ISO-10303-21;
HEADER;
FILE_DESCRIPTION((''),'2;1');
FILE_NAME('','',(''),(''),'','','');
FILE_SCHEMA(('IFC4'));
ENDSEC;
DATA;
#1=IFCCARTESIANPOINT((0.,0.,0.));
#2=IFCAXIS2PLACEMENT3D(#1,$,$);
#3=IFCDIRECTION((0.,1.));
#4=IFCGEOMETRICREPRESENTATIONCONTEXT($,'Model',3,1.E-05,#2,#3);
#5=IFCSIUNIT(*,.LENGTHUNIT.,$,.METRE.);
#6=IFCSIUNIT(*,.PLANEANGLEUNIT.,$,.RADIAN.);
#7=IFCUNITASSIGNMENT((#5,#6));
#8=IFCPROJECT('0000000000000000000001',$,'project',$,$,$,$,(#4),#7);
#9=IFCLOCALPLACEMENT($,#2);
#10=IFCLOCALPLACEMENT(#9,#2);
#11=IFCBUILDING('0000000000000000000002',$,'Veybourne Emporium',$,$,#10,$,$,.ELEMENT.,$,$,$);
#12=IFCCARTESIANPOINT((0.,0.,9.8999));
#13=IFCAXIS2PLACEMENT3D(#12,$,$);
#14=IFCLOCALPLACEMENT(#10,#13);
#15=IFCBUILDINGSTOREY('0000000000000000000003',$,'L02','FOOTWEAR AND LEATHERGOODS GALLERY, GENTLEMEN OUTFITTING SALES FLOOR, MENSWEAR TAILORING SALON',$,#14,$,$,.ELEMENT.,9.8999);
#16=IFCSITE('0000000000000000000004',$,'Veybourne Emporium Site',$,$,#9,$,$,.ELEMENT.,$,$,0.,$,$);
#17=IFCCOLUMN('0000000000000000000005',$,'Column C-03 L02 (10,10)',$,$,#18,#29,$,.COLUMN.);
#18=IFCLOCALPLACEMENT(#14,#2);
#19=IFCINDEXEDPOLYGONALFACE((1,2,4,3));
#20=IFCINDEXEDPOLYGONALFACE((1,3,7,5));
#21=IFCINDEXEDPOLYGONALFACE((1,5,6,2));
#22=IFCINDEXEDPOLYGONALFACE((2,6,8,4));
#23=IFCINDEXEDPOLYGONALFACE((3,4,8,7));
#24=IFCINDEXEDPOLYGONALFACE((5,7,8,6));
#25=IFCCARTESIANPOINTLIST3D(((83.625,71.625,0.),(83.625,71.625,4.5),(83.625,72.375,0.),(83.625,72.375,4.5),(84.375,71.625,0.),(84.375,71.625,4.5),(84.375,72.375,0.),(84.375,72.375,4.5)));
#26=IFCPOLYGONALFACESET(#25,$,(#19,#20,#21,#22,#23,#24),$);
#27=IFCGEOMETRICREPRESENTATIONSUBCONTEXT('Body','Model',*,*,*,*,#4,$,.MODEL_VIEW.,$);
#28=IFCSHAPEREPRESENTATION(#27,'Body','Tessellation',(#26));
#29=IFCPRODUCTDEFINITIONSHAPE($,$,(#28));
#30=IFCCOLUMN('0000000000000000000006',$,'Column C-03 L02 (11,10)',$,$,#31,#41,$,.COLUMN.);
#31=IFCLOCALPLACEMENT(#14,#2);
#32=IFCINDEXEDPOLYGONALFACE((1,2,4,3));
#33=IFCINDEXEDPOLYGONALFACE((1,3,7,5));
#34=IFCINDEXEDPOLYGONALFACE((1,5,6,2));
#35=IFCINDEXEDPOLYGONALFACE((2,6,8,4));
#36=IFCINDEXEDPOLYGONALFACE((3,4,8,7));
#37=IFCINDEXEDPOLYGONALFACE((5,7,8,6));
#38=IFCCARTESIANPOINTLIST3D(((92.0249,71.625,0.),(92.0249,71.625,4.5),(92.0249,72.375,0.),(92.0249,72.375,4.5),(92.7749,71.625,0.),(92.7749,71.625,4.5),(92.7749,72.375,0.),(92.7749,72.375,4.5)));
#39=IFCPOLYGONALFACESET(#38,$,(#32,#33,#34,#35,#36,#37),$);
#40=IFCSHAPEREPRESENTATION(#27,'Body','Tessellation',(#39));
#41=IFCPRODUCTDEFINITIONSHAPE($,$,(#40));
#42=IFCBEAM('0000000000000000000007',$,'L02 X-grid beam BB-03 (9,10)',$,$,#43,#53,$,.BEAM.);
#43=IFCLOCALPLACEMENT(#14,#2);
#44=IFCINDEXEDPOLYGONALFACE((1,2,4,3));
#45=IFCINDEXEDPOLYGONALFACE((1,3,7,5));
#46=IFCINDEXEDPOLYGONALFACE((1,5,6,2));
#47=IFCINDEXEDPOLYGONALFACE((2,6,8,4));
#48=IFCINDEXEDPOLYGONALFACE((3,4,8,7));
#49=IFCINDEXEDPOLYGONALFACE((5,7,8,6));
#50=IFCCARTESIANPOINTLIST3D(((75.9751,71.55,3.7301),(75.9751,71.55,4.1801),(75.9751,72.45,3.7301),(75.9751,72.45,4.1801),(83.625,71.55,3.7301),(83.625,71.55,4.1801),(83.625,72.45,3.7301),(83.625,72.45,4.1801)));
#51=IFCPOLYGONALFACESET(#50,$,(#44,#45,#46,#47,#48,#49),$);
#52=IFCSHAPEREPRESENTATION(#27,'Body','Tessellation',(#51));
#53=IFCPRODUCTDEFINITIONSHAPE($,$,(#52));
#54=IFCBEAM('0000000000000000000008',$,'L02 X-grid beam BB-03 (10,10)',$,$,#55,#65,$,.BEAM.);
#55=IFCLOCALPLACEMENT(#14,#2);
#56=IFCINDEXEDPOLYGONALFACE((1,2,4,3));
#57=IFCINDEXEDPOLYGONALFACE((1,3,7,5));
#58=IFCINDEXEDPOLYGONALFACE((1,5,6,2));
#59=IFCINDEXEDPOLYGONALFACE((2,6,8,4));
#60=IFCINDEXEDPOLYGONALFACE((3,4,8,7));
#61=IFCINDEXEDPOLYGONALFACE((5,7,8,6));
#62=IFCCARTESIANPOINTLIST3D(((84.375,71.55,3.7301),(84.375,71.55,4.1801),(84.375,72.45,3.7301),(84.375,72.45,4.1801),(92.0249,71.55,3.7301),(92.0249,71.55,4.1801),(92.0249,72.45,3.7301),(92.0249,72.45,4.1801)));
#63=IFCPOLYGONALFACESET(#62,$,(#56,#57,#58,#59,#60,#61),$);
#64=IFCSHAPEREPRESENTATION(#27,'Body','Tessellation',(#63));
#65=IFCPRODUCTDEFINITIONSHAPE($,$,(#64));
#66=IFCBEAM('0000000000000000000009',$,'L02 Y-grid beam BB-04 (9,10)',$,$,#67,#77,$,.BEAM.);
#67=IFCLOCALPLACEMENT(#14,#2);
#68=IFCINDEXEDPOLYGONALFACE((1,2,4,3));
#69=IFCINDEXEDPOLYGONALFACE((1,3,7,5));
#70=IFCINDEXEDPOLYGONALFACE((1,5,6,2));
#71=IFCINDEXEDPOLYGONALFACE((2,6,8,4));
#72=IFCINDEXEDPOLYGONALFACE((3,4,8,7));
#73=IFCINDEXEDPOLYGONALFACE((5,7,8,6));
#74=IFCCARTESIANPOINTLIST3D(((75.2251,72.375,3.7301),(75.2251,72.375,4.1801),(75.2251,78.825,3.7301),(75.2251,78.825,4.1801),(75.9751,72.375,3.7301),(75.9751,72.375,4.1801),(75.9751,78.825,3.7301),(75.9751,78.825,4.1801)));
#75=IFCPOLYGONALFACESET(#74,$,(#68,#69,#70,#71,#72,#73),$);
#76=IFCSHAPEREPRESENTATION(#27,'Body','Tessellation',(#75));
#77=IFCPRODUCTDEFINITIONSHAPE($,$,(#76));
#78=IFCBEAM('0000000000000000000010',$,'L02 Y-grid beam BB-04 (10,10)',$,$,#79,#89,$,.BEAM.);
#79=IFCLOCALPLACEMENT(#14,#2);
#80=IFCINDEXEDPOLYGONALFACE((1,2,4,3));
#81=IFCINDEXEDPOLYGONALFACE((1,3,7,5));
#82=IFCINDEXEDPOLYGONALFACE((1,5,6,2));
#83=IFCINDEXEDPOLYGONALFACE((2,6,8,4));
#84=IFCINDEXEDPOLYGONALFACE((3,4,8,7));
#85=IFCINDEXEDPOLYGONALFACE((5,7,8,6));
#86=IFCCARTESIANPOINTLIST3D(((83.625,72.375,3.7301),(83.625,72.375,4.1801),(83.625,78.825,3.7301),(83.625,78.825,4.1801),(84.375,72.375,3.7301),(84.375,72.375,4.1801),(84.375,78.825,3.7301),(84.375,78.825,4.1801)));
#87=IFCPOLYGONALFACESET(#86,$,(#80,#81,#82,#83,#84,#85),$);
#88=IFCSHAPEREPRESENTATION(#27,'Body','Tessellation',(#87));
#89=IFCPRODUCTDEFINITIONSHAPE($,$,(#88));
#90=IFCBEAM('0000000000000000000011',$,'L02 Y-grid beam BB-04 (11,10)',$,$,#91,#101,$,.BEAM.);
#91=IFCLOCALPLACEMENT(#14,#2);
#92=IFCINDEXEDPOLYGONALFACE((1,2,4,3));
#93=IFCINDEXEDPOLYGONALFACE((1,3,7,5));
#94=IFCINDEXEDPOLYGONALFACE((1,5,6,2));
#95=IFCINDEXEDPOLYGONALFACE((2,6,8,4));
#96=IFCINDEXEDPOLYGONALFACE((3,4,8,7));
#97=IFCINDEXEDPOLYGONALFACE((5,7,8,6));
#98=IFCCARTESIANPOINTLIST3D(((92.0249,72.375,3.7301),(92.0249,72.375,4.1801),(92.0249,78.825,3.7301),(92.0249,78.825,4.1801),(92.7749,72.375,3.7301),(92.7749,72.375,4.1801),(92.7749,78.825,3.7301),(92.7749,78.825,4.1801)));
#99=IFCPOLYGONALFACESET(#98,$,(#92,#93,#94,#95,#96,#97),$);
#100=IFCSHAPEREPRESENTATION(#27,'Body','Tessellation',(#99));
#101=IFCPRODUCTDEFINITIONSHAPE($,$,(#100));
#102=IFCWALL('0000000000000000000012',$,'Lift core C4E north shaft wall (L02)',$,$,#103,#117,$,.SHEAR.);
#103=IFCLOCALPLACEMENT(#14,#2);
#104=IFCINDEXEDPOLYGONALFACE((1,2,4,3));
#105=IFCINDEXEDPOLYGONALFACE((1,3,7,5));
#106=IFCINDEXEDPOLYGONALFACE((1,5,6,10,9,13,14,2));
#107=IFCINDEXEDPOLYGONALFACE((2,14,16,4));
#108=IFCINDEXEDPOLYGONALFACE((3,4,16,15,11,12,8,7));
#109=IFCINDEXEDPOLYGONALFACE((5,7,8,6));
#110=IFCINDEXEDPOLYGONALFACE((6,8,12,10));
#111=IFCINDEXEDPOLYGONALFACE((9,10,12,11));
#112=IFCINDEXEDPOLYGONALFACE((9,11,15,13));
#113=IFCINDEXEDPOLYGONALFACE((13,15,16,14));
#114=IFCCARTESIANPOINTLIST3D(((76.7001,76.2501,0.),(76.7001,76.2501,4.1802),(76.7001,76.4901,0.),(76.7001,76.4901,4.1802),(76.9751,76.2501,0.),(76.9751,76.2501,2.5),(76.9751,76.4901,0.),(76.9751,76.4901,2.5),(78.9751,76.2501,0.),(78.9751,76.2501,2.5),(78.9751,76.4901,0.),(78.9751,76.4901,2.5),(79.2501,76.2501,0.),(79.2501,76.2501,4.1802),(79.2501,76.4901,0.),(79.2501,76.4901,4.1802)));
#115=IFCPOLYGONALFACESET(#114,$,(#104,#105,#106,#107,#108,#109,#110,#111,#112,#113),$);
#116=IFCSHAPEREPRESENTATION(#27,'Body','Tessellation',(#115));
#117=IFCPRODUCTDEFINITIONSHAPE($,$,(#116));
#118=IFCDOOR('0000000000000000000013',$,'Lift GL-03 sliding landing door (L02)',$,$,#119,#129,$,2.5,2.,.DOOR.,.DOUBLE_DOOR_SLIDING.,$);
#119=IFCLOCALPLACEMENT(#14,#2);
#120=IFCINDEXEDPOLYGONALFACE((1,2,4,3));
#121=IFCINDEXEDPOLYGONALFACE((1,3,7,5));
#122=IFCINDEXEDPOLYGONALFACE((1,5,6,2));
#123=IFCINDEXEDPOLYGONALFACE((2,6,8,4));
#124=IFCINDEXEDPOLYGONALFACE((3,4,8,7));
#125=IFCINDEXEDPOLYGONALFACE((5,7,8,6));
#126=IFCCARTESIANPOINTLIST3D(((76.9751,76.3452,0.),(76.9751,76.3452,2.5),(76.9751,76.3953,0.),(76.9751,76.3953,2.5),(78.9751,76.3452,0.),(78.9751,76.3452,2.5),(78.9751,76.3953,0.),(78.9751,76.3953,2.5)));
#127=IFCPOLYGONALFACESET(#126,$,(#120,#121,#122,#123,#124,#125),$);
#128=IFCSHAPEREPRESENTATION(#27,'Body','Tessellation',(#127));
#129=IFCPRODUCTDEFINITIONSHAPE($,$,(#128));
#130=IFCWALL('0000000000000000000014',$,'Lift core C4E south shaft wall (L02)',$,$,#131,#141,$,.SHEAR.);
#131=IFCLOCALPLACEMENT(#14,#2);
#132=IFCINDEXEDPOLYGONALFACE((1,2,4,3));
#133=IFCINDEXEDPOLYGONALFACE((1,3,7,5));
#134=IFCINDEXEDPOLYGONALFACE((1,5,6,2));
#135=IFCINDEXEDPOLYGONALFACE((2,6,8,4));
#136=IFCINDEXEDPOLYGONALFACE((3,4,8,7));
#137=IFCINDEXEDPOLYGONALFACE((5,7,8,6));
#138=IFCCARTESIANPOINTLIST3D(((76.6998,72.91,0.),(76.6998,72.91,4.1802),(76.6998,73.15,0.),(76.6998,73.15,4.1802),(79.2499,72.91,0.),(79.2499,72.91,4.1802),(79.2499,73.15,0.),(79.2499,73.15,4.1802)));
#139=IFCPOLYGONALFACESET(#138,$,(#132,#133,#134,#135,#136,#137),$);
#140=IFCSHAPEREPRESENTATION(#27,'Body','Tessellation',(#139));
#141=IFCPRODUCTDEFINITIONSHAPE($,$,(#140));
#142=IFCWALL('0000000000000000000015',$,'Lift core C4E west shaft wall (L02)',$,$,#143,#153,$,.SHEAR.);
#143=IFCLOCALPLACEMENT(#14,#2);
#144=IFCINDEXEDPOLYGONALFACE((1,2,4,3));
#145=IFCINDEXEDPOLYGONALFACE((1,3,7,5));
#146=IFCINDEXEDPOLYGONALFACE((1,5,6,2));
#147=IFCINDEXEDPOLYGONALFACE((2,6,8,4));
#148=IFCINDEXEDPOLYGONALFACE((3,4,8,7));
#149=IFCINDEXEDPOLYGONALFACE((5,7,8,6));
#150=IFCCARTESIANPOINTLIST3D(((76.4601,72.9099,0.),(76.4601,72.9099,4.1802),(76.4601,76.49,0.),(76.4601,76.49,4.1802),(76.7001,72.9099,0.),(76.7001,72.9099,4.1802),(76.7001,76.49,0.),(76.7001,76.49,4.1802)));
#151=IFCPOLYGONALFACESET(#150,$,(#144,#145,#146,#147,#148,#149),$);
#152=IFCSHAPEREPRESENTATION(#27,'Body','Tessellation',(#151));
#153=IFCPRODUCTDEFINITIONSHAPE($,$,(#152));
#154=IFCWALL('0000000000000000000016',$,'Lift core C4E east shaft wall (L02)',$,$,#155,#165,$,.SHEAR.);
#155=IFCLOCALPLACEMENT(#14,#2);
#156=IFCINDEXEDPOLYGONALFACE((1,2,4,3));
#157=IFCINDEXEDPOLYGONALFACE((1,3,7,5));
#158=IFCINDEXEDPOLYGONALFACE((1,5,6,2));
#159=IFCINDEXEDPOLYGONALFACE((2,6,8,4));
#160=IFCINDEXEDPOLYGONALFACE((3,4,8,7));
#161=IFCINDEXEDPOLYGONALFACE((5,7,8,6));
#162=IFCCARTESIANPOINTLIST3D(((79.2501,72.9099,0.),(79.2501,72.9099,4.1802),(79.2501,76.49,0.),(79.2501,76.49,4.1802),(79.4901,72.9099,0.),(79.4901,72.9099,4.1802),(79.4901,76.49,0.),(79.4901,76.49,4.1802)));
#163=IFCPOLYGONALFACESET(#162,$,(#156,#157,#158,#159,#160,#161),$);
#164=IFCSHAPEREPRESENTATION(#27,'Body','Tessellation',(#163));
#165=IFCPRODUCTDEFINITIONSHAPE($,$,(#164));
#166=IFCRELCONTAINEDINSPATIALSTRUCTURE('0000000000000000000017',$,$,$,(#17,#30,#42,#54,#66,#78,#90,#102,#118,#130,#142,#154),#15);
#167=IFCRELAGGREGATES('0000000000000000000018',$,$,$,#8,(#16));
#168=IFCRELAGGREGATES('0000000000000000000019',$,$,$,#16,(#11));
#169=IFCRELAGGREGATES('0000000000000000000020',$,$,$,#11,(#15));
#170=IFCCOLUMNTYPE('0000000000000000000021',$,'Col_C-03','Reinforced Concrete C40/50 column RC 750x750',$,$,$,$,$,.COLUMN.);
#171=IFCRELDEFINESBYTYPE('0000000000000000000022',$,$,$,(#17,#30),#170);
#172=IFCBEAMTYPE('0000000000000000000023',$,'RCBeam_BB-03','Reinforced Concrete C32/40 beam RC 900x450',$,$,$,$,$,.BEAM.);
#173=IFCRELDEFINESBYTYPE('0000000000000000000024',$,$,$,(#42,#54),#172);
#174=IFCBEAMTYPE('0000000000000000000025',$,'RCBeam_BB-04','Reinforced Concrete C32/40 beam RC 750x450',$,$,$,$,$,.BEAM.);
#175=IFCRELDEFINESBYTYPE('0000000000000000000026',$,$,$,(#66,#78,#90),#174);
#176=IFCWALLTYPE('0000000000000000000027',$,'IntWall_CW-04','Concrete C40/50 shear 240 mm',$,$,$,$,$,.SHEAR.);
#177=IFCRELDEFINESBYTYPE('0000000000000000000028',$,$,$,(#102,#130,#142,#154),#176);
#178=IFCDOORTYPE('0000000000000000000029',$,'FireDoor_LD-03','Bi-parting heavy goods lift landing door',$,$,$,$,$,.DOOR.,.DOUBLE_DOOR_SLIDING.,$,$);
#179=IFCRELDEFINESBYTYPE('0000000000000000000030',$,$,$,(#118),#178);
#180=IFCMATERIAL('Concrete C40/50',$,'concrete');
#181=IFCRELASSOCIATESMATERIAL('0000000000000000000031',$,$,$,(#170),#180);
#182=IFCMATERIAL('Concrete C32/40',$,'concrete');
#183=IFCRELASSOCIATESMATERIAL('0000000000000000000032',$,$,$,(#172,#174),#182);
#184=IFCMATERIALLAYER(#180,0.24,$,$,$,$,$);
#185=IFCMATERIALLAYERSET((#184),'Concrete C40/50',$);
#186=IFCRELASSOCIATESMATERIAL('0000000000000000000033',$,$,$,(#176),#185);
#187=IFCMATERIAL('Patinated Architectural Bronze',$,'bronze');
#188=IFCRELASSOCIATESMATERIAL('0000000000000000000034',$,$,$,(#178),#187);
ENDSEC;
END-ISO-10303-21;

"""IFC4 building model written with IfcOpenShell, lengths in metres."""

from ifc_helpers import new_model, si_unit, direction, frame, frame_2d, origin, origin_2d, place, context, subcontext, project, spatial, rectangle, extrude, material, layer, layer_set, material_profile, profile_set, type_object, element, fill, save


model = new_model("IFC4")

# Units and contexts
model_context = context("Model", 3, precision=1e-05, world=origin(), true_north=direction((0.0, 1.0)))
body_context = subcontext(model_context, "Body", "Model", "MODEL_VIEW")
ifc_project = project(units=[si_unit("LENGTHUNIT", "METRE"), si_unit("PLANEANGLEUNIT", "RADIAN")], contexts=[model_context])

# Site, building, storey
site_placement = place(None, origin())
site = spatial("IfcSite", under=ifc_project, at=site_placement, Name="Veybourne Emporium Site", CompositionType="ELEMENT", RefElevation=0.0)
building_placement = place(site_placement, origin())
building = spatial("IfcBuilding", under=site, at=building_placement, Name="Veybourne Emporium", CompositionType="ELEMENT")
storey_placement = place(building_placement, frame((0.0, 0.0, 9.8999)))
storey = spatial("IfcBuildingStorey", under=building, at=storey_placement, Name="L02", Description="FOOTWEAR AND LEATHERGOODS GALLERY, GENTLEMEN OUTFITTING SALES FLOOR, MENSWEAR TAILORING SALON", CompositionType="ELEMENT", Elevation=9.8999)

# Columns
ifc_material_1 = material(Name="Concrete C40/50", Category="concrete")
ifc_material_profile_1 = material_profile(ifc_material_1, rectangle(XDim=0.75, YDim=0.75, at=origin_2d()), Name="RC 750x750")
ifc_profile_set_1 = profile_set([ifc_material_profile_1], Name="Concrete C40/50")
column_type = type_object("IfcColumnType", Name="Col_C-03", Description="Reinforced Concrete C40/50 column RC 750x750", PredefinedType="COLUMN", material=ifc_profile_set_1)
for number, where, z_axis, x_axis, name in (
    (1, (84.0, 72.0, 0.0), (0.0, 0.0, 1.0), (1.0, 0.0, 0.0), "Column C-03 L02 (10,10)"),
    (2, (92.3999, 72.0, 0.0), (0.0, 0.0, 1.0), (1.0, 0.0, 0.0), "Column C-03 L02 (11,10)"),
):
    element("IfcColumn", number, at=place(storey_placement, frame(where, z_axis=z_axis, x_axis=x_axis)), inside=storey, type_object=column_type, Name=name, PredefinedType="COLUMN", context=body_context, shape_type="SweptSolid", body=[
        extrude(rectangle(XDim=0.75, YDim=0.75, at=origin_2d()), origin(), (0.0, 0.0, 1.0), 4.5),
    ])

# Beams
ifc_material_2 = material(Name="Concrete C32/40", Category="concrete")
ifc_material_profile_2 = material_profile(ifc_material_2, rectangle(XDim=0.8999, YDim=0.45, at=origin_2d()), Name="RC 900x450")
ifc_profile_set_2 = profile_set([ifc_material_profile_2], Name="Concrete C32/40")
beam_type_1 = type_object("IfcBeamType", Name="RCBeam_BB-03", Description="Reinforced Concrete C32/40 beam RC 900x450", PredefinedType="BEAM", material=ifc_profile_set_2)
for number, where, z_axis, x_axis, name in (
    (3, (75.9751, 72.0, 3.9551), (1.0, 0.0, 0.0), (0.0, 1.0, 0.0), "L02 X-grid beam BB-03 (9,10)"),
    (4, (84.375, 72.0, 3.9551), (1.0, 0.0, 0.0), (0.0, 1.0, 0.0), "L02 X-grid beam BB-03 (10,10)"),
):
    element("IfcBeam", number, at=place(storey_placement, frame(where, z_axis=z_axis, x_axis=x_axis)), inside=storey, type_object=beam_type_1, Name=name, PredefinedType="BEAM", context=body_context, shape_type="SweptSolid", body=[
        extrude(rectangle(XDim=0.8999, YDim=0.45, at=origin_2d()), origin(), (0.0, 0.0, 1.0), 7.6499),
    ])
ifc_material_profile_3 = material_profile(ifc_material_2, rectangle(XDim=0.75, YDim=0.45, at=origin_2d()), Name="RC 750x450")
ifc_profile_set_3 = profile_set([ifc_material_profile_3], Name="Concrete C32/40")
beam_type_2 = type_object("IfcBeamType", Name="RCBeam_BB-04", Description="Reinforced Concrete C32/40 beam RC 750x450", PredefinedType="BEAM", material=ifc_profile_set_3)
for number, where, z_axis, x_axis, name in (
    (5, (75.6001, 72.375, 3.9551), (0.0, 1.0, 0.0), (-1.0, 0.0, 0.0), "L02 Y-grid beam BB-04 (9,10)"),
    (6, (84.0, 72.375, 3.9551), (0.0, 1.0, 0.0), (-1.0, 0.0, 0.0), "L02 Y-grid beam BB-04 (10,10)"),
    (7, (92.3999, 72.375, 3.9551), (0.0, 1.0, 0.0), (-1.0, 0.0, 0.0), "L02 Y-grid beam BB-04 (11,10)"),
):
    element("IfcBeam", number, at=place(storey_placement, frame(where, z_axis=z_axis, x_axis=x_axis)), inside=storey, type_object=beam_type_2, Name=name, PredefinedType="BEAM", context=body_context, shape_type="SweptSolid", body=[
        extrude(rectangle(XDim=0.75, YDim=0.45, at=origin_2d()), origin(), (0.0, 0.0, 1.0), 6.45),
    ])

# Wall, opening, door
ifc_layer_1 = layer(ifc_material_1, 0.24)
ifc_layer_set_1 = layer_set([ifc_layer_1], Name="Concrete C40/50")
wall_type_1 = type_object("IfcWallType", Name="IntWall_CW-04", Description="Concrete C40/50 shear 240 mm", PredefinedType="SHEAR", material=ifc_layer_set_1)
wall_1_placement = place(storey_placement, frame((79.25, 76.3701, 0.0), z_axis=(0.0, 0.0, 1.0), x_axis=(-1.0, 0.0, 0.0)))
wall_1 = element("IfcWall", 8, at=wall_1_placement, inside=storey, type_object=wall_type_1, Name="Lift core C4E north shaft wall (L02)", PredefinedType="SHEAR", context=body_context, shape_type="SweptSolid", body=[
    extrude(rectangle(XDim=2.55, YDim=0.24, at=frame_2d((1.2749, 0.0))), origin(), (0.0, 0.0, 1.0), 4.1802),
])
opening_1_placement = place(wall_1_placement, frame((0.2749, 0.0, 0.0)))
opening_1 = element("IfcOpeningElement", 9, at=opening_1_placement, cuts=wall_1, PredefinedType="OPENING", context=body_context, shape_type="SweptSolid", body=[
    extrude(rectangle(XDim=2.0, YDim=2.5, at=frame_2d((1.0, 1.25))), frame((0.0, 0.1401, 0.0), z_axis=(0.0, -1.0, 0.0), x_axis=(1.0, 0.0, 0.0)), (0.0, 0.0, 1.0), 0.28),
])
ifc_material_3 = material(Name="Patinated Architectural Bronze", Category="bronze")
door_type_1 = type_object("IfcDoorType", Name="FireDoor_LD-03", Description="Bi-parting heavy goods lift landing door", OperationType="DOUBLE_DOOR_SLIDING", PredefinedType="DOOR", material=ifc_material_3)
door_1_placement = place(opening_1_placement, origin())
door_1 = element("IfcDoor", 10, at=door_1_placement, inside=storey, type_object=door_type_1, Name="Lift GL-03 sliding landing door (L02)", OperationType="DOUBLE_DOOR_SLIDING", OverallHeight=2.5, OverallWidth=2.0, PredefinedType="DOOR", context=body_context, shape_type="SweptSolid", body=[
    extrude(rectangle(XDim=2.0, YDim=2.5, at=frame_2d((1.0, 1.25))), frame((0.0, 0.0249, 0.0), z_axis=(0.0, -1.0, 0.0), x_axis=(1.0, 0.0, 0.0)), (0.0, 0.0, 1.0), 0.05),
])
fill(opening_1, door_1)

# Walls
wall_2_placement = place(storey_placement, frame((76.7, 73.03, 0.0), z_axis=(0.0, 0.0, 1.0), x_axis=(1.0, 0.0, 0.0)))
element("IfcWall", 11, at=wall_2_placement, inside=storey, type_object=wall_type_1, Name="Lift core C4E south shaft wall (L02)", PredefinedType="SHEAR", context=body_context, shape_type="SweptSolid", body=[
    extrude(rectangle(XDim=2.55, YDim=0.24, at=frame_2d((1.2749, 0.0))), origin(), (0.0, 0.0, 1.0), 4.1802),
])
for number, where, z_axis, x_axis, name in (
    (12, (76.5801, 76.49, 0.0), (0.0, 0.0, 1.0), (0.0, -1.0, 0.0), "Lift core C4E west shaft wall (L02)"),
    (13, (79.3701, 72.9099, 0.0), (0.0, 0.0, 1.0), (0.0, 1.0, 0.0), "Lift core C4E east shaft wall (L02)"),
):
    element("IfcWall", number, at=place(storey_placement, frame(where, z_axis=z_axis, x_axis=x_axis)), inside=storey, type_object=wall_type_1, Name=name, PredefinedType="SHEAR", context=body_context, shape_type="SweptSolid", body=[
        extrude(rectangle(XDim=3.5801, YDim=0.24, at=frame_2d((1.79, 0.0))), origin(), (0.0, 0.0, 1.0), 4.1802),
    ])

save(model, "model.ifc")
